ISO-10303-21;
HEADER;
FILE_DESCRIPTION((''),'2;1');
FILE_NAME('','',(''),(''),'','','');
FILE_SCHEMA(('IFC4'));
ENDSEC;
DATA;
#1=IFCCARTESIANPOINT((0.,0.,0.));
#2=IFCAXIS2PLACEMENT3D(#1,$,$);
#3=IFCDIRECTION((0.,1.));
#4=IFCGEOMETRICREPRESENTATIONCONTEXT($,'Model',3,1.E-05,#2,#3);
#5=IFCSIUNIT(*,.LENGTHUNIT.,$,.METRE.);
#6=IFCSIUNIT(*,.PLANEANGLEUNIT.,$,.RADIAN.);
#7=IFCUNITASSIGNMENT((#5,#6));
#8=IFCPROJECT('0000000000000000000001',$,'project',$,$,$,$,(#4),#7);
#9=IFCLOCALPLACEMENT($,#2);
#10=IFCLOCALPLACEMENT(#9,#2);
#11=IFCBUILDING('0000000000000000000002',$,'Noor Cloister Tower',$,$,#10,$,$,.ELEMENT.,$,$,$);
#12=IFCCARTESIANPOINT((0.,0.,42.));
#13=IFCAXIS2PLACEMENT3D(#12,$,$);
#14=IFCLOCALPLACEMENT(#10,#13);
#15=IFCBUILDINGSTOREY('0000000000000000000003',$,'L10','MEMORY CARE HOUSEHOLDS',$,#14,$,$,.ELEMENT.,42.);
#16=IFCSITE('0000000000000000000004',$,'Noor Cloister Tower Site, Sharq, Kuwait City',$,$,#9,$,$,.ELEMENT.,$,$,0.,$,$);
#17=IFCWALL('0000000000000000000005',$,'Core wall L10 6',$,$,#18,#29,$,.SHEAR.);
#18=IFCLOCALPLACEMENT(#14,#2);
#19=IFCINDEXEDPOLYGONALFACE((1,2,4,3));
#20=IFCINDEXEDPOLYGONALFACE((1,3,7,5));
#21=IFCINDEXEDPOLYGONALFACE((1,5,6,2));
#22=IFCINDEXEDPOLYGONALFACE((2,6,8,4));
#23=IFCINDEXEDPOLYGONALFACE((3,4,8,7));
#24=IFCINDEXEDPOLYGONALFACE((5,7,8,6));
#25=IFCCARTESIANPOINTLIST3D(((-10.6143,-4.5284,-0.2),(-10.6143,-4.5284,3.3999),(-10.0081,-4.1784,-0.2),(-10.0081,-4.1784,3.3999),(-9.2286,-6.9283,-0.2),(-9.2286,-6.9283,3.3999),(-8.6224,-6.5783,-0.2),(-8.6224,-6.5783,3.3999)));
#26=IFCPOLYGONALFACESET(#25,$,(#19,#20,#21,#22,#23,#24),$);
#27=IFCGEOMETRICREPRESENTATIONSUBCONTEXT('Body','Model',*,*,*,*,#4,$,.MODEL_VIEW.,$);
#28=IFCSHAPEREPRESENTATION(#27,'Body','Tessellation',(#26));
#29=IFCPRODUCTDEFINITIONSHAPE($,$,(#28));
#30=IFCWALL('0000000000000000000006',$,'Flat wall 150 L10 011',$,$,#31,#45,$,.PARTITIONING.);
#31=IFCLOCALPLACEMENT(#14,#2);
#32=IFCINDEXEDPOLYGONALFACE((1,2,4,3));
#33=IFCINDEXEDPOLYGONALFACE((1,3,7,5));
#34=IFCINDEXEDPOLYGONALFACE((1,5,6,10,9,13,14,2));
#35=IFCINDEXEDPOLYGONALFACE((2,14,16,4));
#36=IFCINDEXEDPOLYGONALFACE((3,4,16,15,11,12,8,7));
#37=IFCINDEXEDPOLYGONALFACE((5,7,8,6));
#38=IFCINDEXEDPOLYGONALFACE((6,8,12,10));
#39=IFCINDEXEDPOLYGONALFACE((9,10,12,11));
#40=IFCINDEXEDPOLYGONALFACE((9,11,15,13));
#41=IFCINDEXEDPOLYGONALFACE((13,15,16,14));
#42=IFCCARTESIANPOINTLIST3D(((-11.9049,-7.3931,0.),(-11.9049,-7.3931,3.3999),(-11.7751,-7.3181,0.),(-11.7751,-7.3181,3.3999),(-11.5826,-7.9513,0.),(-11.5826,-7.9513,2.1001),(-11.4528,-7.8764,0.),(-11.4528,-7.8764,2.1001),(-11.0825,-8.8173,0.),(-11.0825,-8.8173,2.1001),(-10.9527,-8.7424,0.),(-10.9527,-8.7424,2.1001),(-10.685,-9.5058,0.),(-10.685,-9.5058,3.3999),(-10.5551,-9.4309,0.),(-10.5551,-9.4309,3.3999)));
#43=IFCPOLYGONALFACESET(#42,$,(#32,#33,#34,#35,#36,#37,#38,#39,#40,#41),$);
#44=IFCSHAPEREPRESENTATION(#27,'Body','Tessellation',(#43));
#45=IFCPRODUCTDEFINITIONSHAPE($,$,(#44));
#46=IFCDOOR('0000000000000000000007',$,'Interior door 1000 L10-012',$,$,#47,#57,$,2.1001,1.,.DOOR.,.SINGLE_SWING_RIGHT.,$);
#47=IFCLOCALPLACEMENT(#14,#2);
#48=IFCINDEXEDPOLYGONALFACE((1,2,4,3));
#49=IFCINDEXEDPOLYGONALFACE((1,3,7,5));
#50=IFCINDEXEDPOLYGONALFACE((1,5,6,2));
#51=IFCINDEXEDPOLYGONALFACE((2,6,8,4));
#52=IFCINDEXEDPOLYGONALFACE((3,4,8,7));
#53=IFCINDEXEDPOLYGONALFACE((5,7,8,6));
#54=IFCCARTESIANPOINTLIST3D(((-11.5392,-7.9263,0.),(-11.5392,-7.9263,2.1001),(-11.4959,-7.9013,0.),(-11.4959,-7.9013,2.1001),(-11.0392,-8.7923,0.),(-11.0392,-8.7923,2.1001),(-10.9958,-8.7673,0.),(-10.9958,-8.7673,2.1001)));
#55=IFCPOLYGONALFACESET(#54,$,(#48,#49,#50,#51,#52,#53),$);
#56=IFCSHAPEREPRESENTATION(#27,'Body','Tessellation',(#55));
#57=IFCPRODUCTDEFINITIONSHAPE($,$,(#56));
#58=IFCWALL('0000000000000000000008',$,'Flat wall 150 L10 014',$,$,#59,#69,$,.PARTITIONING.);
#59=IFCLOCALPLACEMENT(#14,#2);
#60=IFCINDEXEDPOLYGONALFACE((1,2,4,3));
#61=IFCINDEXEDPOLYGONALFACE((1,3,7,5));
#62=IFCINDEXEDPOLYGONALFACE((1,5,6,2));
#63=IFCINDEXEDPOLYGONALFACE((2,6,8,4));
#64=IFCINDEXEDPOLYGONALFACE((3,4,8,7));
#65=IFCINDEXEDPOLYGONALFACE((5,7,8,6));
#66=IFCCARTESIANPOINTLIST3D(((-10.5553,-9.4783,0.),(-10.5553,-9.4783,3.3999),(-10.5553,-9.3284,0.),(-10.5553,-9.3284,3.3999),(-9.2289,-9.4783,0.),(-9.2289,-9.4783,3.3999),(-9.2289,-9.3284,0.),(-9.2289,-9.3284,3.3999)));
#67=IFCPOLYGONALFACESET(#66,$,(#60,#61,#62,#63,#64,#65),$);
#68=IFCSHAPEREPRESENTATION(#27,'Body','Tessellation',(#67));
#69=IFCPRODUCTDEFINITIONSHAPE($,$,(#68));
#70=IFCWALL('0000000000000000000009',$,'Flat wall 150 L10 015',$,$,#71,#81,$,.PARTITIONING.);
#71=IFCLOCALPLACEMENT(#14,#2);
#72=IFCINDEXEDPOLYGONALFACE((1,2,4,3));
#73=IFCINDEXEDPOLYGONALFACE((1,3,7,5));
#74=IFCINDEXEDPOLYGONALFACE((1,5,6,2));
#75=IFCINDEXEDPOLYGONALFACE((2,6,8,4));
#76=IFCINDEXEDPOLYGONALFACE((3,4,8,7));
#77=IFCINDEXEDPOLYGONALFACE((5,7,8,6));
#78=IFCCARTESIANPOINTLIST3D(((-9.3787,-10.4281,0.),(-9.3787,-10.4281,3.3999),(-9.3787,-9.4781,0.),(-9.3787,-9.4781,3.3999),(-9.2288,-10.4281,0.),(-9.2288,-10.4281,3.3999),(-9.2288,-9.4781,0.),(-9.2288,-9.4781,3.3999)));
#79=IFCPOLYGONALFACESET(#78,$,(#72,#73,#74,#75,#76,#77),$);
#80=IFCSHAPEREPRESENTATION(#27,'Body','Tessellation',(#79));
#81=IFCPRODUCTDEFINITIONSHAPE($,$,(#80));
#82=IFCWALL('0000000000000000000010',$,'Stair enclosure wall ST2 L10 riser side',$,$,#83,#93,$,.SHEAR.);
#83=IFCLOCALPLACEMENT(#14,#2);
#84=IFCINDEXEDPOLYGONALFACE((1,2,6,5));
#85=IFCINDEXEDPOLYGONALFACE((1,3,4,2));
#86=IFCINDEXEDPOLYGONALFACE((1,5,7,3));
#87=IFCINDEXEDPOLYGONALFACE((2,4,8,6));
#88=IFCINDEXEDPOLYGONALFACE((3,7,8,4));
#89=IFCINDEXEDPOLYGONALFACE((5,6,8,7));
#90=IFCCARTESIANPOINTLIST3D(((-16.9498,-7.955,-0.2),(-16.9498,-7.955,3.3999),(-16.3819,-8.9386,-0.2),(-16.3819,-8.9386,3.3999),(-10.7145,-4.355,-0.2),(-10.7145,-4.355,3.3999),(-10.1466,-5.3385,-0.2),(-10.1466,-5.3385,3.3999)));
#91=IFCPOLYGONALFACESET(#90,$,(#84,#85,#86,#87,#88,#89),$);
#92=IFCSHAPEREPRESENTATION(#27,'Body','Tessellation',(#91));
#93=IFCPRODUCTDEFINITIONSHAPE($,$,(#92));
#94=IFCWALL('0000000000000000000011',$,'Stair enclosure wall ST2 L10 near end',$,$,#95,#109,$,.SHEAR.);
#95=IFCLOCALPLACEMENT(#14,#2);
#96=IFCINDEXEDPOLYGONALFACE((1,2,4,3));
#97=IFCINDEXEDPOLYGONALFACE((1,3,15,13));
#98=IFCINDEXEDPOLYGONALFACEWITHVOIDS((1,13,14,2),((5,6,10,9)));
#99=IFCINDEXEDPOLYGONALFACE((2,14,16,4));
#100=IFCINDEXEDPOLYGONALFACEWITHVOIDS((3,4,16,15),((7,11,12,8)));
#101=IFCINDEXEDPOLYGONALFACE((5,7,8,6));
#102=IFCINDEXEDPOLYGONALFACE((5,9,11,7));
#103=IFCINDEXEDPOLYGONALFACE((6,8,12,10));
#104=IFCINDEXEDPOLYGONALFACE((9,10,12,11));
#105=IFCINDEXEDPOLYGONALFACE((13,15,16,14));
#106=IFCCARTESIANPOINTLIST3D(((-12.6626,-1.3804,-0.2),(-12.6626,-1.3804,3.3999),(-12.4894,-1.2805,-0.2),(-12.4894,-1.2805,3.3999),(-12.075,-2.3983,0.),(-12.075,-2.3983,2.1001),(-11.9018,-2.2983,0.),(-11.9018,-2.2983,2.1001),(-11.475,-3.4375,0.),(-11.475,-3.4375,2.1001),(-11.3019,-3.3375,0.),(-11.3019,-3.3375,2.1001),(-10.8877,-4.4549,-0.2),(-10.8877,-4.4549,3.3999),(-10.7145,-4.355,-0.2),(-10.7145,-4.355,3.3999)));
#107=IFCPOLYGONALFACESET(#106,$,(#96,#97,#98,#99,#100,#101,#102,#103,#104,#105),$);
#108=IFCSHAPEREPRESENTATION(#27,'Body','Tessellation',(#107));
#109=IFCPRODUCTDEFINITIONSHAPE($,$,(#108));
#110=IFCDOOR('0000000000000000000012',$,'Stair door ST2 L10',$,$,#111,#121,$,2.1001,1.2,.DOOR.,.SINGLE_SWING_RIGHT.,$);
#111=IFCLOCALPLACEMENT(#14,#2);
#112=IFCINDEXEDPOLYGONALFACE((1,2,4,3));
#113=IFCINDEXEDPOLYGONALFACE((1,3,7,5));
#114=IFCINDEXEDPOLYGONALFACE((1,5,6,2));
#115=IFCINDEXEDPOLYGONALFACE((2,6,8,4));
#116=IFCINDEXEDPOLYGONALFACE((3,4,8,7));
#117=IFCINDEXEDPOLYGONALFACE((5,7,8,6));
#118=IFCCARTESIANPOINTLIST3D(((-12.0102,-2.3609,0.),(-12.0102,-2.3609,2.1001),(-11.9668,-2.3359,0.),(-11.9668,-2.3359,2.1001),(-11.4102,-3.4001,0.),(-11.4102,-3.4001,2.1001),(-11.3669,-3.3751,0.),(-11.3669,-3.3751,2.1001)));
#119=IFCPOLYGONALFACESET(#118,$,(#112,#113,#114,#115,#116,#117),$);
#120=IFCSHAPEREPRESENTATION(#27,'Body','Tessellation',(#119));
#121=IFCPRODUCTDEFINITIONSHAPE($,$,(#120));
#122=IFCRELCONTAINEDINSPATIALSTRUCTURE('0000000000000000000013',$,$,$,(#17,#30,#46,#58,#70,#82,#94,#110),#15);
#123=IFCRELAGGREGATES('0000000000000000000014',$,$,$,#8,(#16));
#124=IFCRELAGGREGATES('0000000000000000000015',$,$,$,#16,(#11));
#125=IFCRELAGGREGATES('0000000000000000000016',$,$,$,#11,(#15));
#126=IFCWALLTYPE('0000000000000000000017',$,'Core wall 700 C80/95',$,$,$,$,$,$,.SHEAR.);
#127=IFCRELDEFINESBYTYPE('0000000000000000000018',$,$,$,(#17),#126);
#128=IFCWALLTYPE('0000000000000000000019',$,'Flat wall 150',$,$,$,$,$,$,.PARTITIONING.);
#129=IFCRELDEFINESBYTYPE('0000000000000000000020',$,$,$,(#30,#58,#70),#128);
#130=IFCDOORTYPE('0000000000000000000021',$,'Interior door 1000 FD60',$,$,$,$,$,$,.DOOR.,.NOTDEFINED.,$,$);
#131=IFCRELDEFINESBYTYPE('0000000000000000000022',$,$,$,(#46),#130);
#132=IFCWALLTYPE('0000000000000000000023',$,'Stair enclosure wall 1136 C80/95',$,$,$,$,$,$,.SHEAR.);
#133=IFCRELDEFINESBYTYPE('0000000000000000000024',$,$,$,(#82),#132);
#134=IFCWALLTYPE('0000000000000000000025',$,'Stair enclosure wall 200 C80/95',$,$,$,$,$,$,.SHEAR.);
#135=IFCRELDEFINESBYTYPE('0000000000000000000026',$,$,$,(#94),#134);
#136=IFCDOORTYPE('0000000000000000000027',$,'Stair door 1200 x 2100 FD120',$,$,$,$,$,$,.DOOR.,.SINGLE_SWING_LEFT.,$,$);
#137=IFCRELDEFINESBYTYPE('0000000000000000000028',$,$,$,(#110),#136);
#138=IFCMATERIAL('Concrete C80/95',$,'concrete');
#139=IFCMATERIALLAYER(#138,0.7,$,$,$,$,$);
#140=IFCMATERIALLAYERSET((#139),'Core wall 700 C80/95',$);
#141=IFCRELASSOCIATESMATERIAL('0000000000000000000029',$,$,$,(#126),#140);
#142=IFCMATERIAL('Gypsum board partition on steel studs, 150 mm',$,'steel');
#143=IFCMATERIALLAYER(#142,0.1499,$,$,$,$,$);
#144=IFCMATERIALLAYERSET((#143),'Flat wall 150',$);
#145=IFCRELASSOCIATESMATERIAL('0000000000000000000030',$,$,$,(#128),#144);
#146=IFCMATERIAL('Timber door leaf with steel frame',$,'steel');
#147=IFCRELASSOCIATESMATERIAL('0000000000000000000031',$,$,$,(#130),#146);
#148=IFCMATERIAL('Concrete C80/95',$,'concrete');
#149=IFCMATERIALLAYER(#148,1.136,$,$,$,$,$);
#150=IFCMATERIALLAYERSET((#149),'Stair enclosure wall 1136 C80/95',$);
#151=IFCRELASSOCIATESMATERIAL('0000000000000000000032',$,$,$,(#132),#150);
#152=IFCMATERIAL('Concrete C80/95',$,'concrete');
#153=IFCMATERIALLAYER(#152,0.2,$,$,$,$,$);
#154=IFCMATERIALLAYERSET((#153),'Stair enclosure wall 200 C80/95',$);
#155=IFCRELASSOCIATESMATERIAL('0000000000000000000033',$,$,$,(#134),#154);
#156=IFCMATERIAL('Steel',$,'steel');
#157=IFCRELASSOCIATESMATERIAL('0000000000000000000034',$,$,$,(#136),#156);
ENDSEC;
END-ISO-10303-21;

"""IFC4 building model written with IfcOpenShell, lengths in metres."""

from ifc_helpers import new_model, si_unit, direction, frame, frame_2d, origin, place, context, subcontext, project, spatial, rectangle, extrude, material, layer, layer_set, type_object, element, fill, save


model = new_model("IFC4")

# Units and contexts
model_context = context("Model", 3, precision=1e-05, world=origin(), true_north=direction((0.0, 1.0)))
body_context = subcontext(model_context, "Body", "Model", "MODEL_VIEW")
ifc_project = project(units=[si_unit("LENGTHUNIT", "METRE"), si_unit("PLANEANGLEUNIT", "RADIAN")], contexts=[model_context])

# Site, building, storey
site_placement = place(None, origin())
site = spatial("IfcSite", under=ifc_project, at=site_placement, Name="Noor Cloister Tower Site, Sharq, Kuwait City", CompositionType="ELEMENT", RefElevation=0.0)
building_placement = place(site_placement, origin())
building = spatial("IfcBuilding", under=site, at=building_placement, Name="Noor Cloister Tower", CompositionType="ELEMENT")
storey_placement = place(building_placement, frame((0.0, 0.0, 42.0)))
storey = spatial("IfcBuildingStorey", under=building, at=storey_placement, Name="L10", Description="MEMORY CARE HOUSEHOLDS", CompositionType="ELEMENT", Elevation=42.0)

# Shared definitions
ifc_material_1 = material(Name="Concrete C80/95", Category="concrete")
ifc_layer_1 = layer(ifc_material_1, 0.7)
ifc_layer_set_1 = layer_set([ifc_layer_1], Name="Core wall 700 C80/95")
wall_type_1 = type_object("IfcWallType", Name="Core wall 700 C80/95", PredefinedType="SHEAR", material=ifc_layer_set_1)

# Wall
wall_1_placement = place(storey_placement, frame((-10.3113, -4.3533, -0.2), z_axis=(0.0, 0.0, 1.0), x_axis=(0.500043, -0.866001, 0.0)))
element("IfcWall", 1, at=wall_1_placement, inside=storey, type_object=wall_type_1, Name="Core wall L10 6", PredefinedType="SHEAR", context=body_context, shape_type="SweptSolid", body=[
    extrude(rectangle(XDim=2.7712, YDim=0.7, at=frame_2d((1.3857, 0.0))), origin(), (0.0, 0.0, 1.0), 3.5999),
])

# Wall, opening, door
ifc_material_2 = material(Name="Gypsum board partition on steel studs, 150 mm", Category="steel")
ifc_layer_2 = layer(ifc_material_2, 0.1499)
ifc_layer_set_2 = layer_set([ifc_layer_2], Name="Flat wall 150")
wall_type_2 = type_object("IfcWallType", Name="Flat wall 150", PredefinedType="PARTITIONING", material=ifc_layer_set_2)
wall_2_placement = place(storey_placement, frame((-10.6201, -9.4683, 0.0), z_axis=(0.0, 0.0, 1.0), x_axis=(-0.500046, 0.865999, 0.0)))
wall_2 = element("IfcWall", 2, at=wall_2_placement, inside=storey, type_object=wall_type_2, Name="Flat wall 150 L10 011", PredefinedType="PARTITIONING", context=body_context, shape_type="SweptSolid", body=[
    extrude(rectangle(XDim=2.4397, YDim=0.1499, at=frame_2d((1.2197, 0.0))), origin(), (0.0, 0.0, 1.0), 3.3999),
])
opening_1_placement = place(wall_2_placement, frame((0.7949, 0.0, 0.0)))
opening_1 = element("IfcOpeningElement", 3, at=opening_1_placement, cuts=wall_2, PredefinedType="OPENING", context=body_context, shape_type="SweptSolid", body=[
    extrude(rectangle(XDim=1.0, YDim=2.1001, at=frame_2d((0.5, 1.05))), frame((0.0, 0.085, 0.0), z_axis=(0.0, -1.0, 0.0), x_axis=(1.0, 0.0, 0.0)), (0.0, 0.0, 1.0), 0.1699),
])
ifc_material_3 = material(Name="Timber door leaf with steel frame", Category="steel")
door_type_1 = type_object("IfcDoorType", Name="Interior door 1000 FD60", OperationType="NOTDEFINED", PredefinedType="DOOR", material=ifc_material_3)
door_1_placement = place(opening_1_placement, origin())
door_1 = element("IfcDoor", 4, at=door_1_placement, inside=storey, type_object=door_type_1, Name="Interior door 1000 L10-012", OperationType="SINGLE_SWING_RIGHT", OverallHeight=2.1001, OverallWidth=1.0, PredefinedType="DOOR", context=body_context, shape_type="SweptSolid", body=[
    extrude(rectangle(XDim=1.0, YDim=2.1001, at=frame_2d((0.5, 1.05))), frame((0.0, 0.0249, 0.0), z_axis=(0.0, -1.0, 0.0), x_axis=(1.0, 0.0, 0.0)), (0.0, 0.0, 1.0), 0.05),
])
fill(opening_1, door_1)

# Walls
wall_3_placement = place(storey_placement, frame((-10.5552, -9.4033, 0.0), z_axis=(0.0, 0.0, 1.0), x_axis=(1.0, 0.0, 0.0)))
element("IfcWall", 5, at=wall_3_placement, inside=storey, type_object=wall_type_2, Name="Flat wall 150 L10 014", PredefinedType="PARTITIONING", context=body_context, shape_type="SweptSolid", body=[
    extrude(rectangle(XDim=1.3264, YDim=0.1499, at=frame_2d((0.6631, 0.0))), origin(), (0.0, 0.0, 1.0), 3.3999),
])
wall_4_placement = place(storey_placement, frame((-9.3037, -10.4282, 0.0), z_axis=(0.0, 0.0, 1.0), x_axis=(0.0, 1.0, 0.0)))
element("IfcWall", 6, at=wall_4_placement, inside=storey, type_object=wall_type_2, Name="Flat wall 150 L10 015", PredefinedType="PARTITIONING", context=body_context, shape_type="SweptSolid", body=[
    extrude(rectangle(XDim=0.95, YDim=0.1499, at=frame_2d((0.4751, 0.0))), origin(), (0.0, 0.0, 1.0), 3.3999),
])
ifc_material_4 = material(Name="Concrete C80/95", Category="concrete")
ifc_layer_3 = layer(ifc_material_4, 1.136)
ifc_layer_set_3 = layer_set([ifc_layer_3], Name="Stair enclosure wall 1136 C80/95")
wall_type_3 = type_object("IfcWallType", Name="Stair enclosure wall 1136 C80/95", PredefinedType="SHEAR", material=ifc_layer_set_3)
wall_5_placement = place(storey_placement, frame((-10.4304, -4.8467, -0.2), z_axis=(0.0, 0.0, 1.0), x_axis=(-0.866018, -0.500012, 0.0)))
element("IfcWall", 7, at=wall_5_placement, inside=storey, type_object=wall_type_3, Name="Stair enclosure wall ST2 L10 riser side", PredefinedType="SHEAR", context=body_context, shape_type="SweptSolid", body=[
    extrude(rectangle(XDim=7.2, YDim=1.1357, at=frame_2d((3.6001, 0.0))), origin(), (0.0, 0.0, 1.0), 3.5999),
])

# Wall, opening, door
ifc_material_5 = material(Name="Concrete C80/95", Category="concrete")
ifc_layer_4 = layer(ifc_material_5, 0.2)
ifc_layer_set_4 = layer_set([ifc_layer_4], Name="Stair enclosure wall 200 C80/95")
wall_type_4 = type_object("IfcWallType", Name="Stair enclosure wall 200 C80/95", PredefinedType="SHEAR", material=ifc_layer_set_4)
wall_6_placement = place(storey_placement, frame((-12.5759, -1.3306, -0.2), z_axis=(0.0, 0.0, 1.0), x_axis=(0.49997, -0.866042, 0.0)))
wall_6 = element("IfcWall", 8, at=wall_6_placement, inside=storey, type_object=wall_type_4, Name="Stair enclosure wall ST2 L10 near end", PredefinedType="SHEAR", context=body_context, shape_type="SweptSolid", body=[
    extrude(rectangle(XDim=3.55, YDim=0.2, at=frame_2d((1.7749, 0.0))), origin(), (0.0, 0.0, 1.0), 3.5999),
])
opening_2_placement = place(wall_6_placement, frame((1.175, 0.0, 0.2)))
opening_2 = element("IfcOpeningElement", 9, at=opening_2_placement, cuts=wall_6, PredefinedType="OPENING", context=body_context, shape_type="SweptSolid", body=[
    extrude(rectangle(XDim=1.2, YDim=2.1001, at=frame_2d((0.6001, 1.05))), frame((0.0, 0.1099, 0.0), z_axis=(0.0, -1.0, 0.0), x_axis=(1.0, 0.0, 0.0)), (0.0, 0.0, 1.0), 0.22),
])
ifc_material_6 = material(Name="Steel", Category="steel")
door_type_2 = type_object("IfcDoorType", Name="Stair door 1200 x 2100 FD120", OperationType="SINGLE_SWING_LEFT", PredefinedType="DOOR", material=ifc_material_6)
door_2_placement = place(opening_2_placement, origin())
door_2 = element("IfcDoor", 10, at=door_2_placement, inside=storey, type_object=door_type_2, Name="Stair door ST2 L10", OperationType="SINGLE_SWING_RIGHT", OverallHeight=2.1001, OverallWidth=1.2, PredefinedType="DOOR", context=body_context, shape_type="SweptSolid", body=[
    extrude(rectangle(XDim=1.2, YDim=2.1001, at=frame_2d((0.6001, 1.05))), frame((0.0, 0.0249, 0.0), z_axis=(0.0, -1.0, 0.0), x_axis=(1.0, 0.0, 0.0)), (0.0, 0.0, 1.0), 0.05),
])
fill(opening_2, door_2)

save(model, "model.ifc")
